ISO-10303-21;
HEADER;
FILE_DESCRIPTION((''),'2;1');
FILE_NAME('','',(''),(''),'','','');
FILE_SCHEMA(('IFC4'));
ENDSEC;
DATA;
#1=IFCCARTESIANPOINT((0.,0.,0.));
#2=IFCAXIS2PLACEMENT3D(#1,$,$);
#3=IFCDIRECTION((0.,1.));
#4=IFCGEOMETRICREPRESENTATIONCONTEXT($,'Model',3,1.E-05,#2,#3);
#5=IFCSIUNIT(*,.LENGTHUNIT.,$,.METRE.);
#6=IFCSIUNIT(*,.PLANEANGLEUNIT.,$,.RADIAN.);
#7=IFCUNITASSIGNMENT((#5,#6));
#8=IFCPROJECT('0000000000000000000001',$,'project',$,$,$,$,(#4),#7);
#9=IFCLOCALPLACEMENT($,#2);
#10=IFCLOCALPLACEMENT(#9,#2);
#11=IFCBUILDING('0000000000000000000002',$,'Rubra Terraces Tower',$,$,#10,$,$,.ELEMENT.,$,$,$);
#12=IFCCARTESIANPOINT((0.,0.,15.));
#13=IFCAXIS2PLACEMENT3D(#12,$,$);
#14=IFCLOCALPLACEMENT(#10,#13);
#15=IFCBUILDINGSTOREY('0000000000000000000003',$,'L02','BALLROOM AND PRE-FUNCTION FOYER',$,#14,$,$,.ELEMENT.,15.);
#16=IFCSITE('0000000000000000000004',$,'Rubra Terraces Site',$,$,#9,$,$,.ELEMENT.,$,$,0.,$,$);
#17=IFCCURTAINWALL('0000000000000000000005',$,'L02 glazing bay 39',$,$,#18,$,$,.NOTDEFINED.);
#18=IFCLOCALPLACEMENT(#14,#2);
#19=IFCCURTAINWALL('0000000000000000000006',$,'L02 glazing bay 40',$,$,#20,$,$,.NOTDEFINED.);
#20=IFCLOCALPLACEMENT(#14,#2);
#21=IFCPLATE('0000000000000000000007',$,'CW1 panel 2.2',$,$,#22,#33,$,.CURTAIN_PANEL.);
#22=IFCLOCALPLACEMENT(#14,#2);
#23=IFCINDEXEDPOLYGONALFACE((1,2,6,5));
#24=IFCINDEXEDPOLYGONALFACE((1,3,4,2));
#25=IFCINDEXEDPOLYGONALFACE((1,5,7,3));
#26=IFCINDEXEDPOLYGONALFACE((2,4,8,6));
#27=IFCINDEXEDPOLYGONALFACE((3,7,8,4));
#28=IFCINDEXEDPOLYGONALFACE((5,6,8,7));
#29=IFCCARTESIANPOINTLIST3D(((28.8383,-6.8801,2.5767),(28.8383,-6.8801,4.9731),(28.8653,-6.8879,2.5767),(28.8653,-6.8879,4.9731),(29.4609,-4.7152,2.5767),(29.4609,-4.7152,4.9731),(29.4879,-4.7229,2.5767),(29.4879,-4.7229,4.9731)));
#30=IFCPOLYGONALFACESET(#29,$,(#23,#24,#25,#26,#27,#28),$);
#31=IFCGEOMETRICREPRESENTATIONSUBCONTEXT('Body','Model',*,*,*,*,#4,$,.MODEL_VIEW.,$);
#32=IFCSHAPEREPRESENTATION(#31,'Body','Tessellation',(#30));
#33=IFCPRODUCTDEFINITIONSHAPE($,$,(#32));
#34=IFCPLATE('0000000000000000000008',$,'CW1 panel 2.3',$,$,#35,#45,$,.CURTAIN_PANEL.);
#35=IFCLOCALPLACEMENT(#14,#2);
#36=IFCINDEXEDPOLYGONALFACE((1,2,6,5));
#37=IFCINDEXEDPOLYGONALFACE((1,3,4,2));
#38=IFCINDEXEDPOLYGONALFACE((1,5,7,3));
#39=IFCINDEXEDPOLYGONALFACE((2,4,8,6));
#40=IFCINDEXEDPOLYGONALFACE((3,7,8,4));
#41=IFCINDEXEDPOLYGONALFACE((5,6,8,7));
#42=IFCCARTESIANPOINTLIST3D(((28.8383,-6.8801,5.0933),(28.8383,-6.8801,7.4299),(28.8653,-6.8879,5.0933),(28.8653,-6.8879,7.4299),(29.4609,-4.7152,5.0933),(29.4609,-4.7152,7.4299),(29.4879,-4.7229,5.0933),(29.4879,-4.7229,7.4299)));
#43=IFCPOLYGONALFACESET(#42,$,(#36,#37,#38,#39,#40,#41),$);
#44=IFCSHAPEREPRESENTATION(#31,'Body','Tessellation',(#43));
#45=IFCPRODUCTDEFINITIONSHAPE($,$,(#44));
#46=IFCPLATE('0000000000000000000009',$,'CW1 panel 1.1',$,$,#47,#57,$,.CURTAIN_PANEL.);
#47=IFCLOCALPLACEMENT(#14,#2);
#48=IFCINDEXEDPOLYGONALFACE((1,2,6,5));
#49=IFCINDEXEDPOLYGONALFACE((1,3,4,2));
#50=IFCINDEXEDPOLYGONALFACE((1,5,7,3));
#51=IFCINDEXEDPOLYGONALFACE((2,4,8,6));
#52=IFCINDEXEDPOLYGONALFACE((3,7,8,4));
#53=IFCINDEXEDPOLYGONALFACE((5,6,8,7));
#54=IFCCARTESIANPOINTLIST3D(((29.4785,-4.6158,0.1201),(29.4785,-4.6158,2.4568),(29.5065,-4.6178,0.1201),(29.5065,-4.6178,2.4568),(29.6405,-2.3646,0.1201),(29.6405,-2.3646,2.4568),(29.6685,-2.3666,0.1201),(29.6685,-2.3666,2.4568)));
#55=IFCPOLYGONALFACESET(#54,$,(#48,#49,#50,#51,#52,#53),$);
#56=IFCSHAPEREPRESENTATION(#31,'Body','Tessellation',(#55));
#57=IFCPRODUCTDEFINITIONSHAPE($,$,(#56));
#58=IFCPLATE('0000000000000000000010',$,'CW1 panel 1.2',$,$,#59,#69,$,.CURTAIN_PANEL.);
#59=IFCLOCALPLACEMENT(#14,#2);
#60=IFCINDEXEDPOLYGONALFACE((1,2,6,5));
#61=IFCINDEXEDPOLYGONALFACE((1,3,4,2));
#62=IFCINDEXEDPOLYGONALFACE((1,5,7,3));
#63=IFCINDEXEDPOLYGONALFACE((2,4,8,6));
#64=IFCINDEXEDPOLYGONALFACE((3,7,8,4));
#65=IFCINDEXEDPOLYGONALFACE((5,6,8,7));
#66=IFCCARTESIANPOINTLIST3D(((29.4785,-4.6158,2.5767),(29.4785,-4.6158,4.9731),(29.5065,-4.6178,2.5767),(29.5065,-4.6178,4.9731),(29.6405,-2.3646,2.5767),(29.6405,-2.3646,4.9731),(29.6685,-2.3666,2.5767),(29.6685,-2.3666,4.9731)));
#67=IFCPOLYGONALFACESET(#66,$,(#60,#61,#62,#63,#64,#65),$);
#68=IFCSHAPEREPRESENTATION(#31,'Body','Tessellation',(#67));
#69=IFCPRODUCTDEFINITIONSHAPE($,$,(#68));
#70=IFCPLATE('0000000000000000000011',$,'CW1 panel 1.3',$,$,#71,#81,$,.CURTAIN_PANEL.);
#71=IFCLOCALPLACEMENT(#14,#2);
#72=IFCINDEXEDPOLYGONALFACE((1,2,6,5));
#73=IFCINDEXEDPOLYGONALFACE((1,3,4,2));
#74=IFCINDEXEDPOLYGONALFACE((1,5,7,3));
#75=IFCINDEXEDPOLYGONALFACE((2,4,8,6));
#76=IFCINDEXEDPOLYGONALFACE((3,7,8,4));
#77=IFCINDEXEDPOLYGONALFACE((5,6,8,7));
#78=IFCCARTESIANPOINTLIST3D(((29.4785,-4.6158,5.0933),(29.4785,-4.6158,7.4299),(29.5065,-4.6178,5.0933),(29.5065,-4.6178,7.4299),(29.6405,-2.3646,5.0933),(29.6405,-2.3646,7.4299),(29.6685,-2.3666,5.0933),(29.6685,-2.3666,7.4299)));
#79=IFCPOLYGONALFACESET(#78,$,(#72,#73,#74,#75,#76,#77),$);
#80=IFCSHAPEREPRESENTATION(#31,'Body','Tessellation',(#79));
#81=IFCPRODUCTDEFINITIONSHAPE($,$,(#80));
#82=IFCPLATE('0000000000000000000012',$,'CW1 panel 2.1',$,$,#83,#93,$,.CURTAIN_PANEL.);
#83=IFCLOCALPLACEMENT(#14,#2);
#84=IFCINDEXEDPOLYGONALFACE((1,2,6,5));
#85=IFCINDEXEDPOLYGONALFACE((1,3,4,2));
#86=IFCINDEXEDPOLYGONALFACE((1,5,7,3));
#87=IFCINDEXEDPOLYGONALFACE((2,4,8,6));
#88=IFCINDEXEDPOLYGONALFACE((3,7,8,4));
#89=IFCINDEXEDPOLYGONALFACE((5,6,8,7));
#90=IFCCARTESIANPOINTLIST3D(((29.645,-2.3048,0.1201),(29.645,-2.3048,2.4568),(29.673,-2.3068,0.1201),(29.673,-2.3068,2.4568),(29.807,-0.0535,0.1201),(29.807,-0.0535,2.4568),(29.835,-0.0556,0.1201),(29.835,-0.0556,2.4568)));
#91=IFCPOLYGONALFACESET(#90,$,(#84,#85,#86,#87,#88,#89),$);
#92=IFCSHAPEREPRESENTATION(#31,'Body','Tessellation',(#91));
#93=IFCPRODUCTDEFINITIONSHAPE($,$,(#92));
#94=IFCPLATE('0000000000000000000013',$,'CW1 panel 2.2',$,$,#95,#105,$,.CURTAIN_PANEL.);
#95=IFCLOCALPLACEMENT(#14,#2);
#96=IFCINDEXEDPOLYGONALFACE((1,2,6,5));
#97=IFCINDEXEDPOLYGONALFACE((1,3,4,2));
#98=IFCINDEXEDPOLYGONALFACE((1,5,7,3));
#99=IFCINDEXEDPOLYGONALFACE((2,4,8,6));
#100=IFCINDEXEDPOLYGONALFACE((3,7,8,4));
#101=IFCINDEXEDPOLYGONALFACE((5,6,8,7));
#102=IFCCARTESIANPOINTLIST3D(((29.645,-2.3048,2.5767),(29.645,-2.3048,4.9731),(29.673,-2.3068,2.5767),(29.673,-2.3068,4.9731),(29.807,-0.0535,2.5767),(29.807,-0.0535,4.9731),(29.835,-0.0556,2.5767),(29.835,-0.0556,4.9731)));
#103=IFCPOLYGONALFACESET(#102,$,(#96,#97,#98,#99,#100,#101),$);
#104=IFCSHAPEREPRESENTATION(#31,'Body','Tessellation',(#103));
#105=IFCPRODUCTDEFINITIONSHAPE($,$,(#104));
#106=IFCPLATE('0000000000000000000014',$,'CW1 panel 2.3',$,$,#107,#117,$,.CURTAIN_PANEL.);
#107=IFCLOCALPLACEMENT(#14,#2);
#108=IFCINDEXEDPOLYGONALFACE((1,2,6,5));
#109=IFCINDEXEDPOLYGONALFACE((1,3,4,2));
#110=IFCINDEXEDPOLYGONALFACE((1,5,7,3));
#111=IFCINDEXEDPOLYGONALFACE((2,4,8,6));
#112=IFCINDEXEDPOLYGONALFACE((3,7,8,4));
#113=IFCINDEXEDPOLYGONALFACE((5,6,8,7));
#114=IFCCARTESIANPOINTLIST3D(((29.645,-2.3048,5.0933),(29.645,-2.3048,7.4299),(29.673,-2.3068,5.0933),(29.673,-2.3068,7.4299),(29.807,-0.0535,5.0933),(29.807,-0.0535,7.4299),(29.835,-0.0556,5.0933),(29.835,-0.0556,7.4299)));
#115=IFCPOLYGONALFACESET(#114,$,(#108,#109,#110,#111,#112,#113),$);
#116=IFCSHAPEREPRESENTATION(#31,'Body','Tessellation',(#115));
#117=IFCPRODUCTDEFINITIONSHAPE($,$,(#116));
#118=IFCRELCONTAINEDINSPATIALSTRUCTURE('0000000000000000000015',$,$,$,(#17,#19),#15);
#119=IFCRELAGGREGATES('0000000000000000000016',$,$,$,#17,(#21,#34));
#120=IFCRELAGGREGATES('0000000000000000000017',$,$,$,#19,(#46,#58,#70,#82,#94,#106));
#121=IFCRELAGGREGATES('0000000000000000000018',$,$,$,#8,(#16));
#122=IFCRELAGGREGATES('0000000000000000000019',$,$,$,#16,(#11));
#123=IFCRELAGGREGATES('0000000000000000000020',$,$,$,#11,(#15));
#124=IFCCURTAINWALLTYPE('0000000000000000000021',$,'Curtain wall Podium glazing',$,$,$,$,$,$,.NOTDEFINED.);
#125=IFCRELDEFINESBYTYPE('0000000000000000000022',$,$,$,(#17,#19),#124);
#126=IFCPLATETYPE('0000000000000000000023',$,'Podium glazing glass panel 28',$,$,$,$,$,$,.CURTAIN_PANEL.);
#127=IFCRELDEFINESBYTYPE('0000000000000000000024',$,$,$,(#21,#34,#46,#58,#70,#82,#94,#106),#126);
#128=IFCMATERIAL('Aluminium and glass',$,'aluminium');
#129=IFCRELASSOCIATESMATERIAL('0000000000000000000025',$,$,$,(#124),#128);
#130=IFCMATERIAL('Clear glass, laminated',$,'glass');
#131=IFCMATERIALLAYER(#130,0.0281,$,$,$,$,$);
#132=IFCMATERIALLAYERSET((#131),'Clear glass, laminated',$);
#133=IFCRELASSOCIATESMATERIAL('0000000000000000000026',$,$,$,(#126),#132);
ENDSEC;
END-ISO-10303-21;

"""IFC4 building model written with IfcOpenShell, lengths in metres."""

from ifc_helpers import new_model, si_unit, direction, frame, origin, origin_2d, place, context, subcontext, project, spatial, rectangle, extrude, material, layer, layer_set, type_object, element, aggregate, save


model = new_model("IFC4")

# Units and contexts
model_context = context("Model", 3, precision=1e-05, world=origin(), true_north=direction((0.0, 1.0)))
body_context = subcontext(model_context, "Body", "Model", "MODEL_VIEW")
ifc_project = project(units=[si_unit("LENGTHUNIT", "METRE"), si_unit("PLANEANGLEUNIT", "RADIAN")], contexts=[model_context])

# Site, building, storey
site_placement = place(None, origin())
site = spatial("IfcSite", under=ifc_project, at=site_placement, Name="Rubra Terraces Site", CompositionType="ELEMENT", RefElevation=0.0)
building_placement = place(site_placement, origin())
building = spatial("IfcBuilding", under=site, at=building_placement, Name="Rubra Terraces Tower", CompositionType="ELEMENT")
storey_placement = place(building_placement, frame((0.0, 0.0, 15.0)))
storey = spatial("IfcBuildingStorey", under=building, at=storey_placement, Name="L02", Description="BALLROOM AND PRE-FUNCTION FOYER", CompositionType="ELEMENT", Elevation=15.0)

# Curtain walls
ifc_material_1 = material(Name="Aluminium and glass", Category="aluminium")
curtain_wall_type = type_object("IfcCurtainWallType", Name="Curtain wall Podium glazing", PredefinedType="NOTDEFINED", material=ifc_material_1)
curtain_wall_1_placement = place(storey_placement, origin())
curtain_wall_1 = element("IfcCurtainWall", 1, at=curtain_wall_1_placement, inside=storey, type_object=curtain_wall_type, Name="L02 glazing bay 39", PredefinedType="NOTDEFINED")
curtain_wall_2_placement = place(storey_placement, origin())
curtain_wall_2 = element("IfcCurtainWall", 2, at=curtain_wall_2_placement, inside=storey, type_object=curtain_wall_type, Name="L02 glazing bay 40", PredefinedType="NOTDEFINED")

# Plates
ifc_material_2 = material(Name="Clear glass, laminated", Category="glass")
ifc_layer = layer(ifc_material_2, 0.0281)
ifc_layer_set = layer_set([ifc_layer], Name="Clear glass, laminated")
plate_type = type_object("IfcPlateType", Name="Podium glazing glass panel 28", PredefinedType="CURTAIN_PANEL", material=ifc_layer_set)
plate_1_placement = place(storey_placement, frame((29.1631, -5.8015, 2.5767), z_axis=(0.0, 0.0, 1.0), x_axis=(0.276384, 0.961047, 0.0)))
plate_1 = element("IfcPlate", 3, at=plate_1_placement, type_object=plate_type, Name="CW1 panel 2.2", PredefinedType="CURTAIN_PANEL", context=body_context, shape_type="SweptSolid", body=[
    extrude(rectangle(XDim=2.2527, YDim=0.0281, at=origin_2d()), origin(), (0.0, 0.0, 1.0), 2.3965),
])
plate_2_placement = place(storey_placement, frame((29.1631, -5.8015, 5.0933), z_axis=(0.0, 0.0, 1.0), x_axis=(0.276384, 0.961047, 0.0)))
plate_2 = element("IfcPlate", 4, at=plate_2_placement, type_object=plate_type, Name="CW1 panel 2.3", PredefinedType="CURTAIN_PANEL", context=body_context, shape_type="SweptSolid", body=[
    extrude(rectangle(XDim=2.2527, YDim=0.0281, at=origin_2d()), origin(), (0.0, 0.0, 1.0), 2.3367),
])
aggregate(curtain_wall_1, [plate_1, plate_2])
plate_3_placement = place(storey_placement, frame((29.5735, -3.4912, 0.1201), z_axis=(0.0, 0.0, 1.0), x_axis=(0.071792, 0.99742, 0.0)))
plate_3 = element("IfcPlate", 5, at=plate_3_placement, type_object=plate_type, Name="CW1 panel 1.1", PredefinedType="CURTAIN_PANEL", context=body_context, shape_type="SweptSolid", body=[
    extrude(rectangle(XDim=2.2571, YDim=0.0281, at=origin_2d()), origin(), (0.0, 0.0, 1.0), 2.3367),
])
plate_4_placement = place(storey_placement, frame((29.5735, -3.4912, 2.5767), z_axis=(0.0, 0.0, 1.0), x_axis=(0.071792, 0.99742, 0.0)))
plate_4 = element("IfcPlate", 6, at=plate_4_placement, type_object=plate_type, Name="CW1 panel 1.2", PredefinedType="CURTAIN_PANEL", context=body_context, shape_type="SweptSolid", body=[
    extrude(rectangle(XDim=2.2571, YDim=0.0281, at=origin_2d()), origin(), (0.0, 0.0, 1.0), 2.3965),
])
plate_5_placement = place(storey_placement, frame((29.5735, -3.4912, 5.0933), z_axis=(0.0, 0.0, 1.0), x_axis=(0.071792, 0.99742, 0.0)))
plate_5 = element("IfcPlate", 7, at=plate_5_placement, type_object=plate_type, Name="CW1 panel 1.3", PredefinedType="CURTAIN_PANEL", context=body_context, shape_type="SweptSolid", body=[
    extrude(rectangle(XDim=2.2571, YDim=0.0281, at=origin_2d()), origin(), (0.0, 0.0, 1.0), 2.3367),
])
plate_6_placement = place(storey_placement, frame((29.74, -1.1802, 0.1201), z_axis=(0.0, 0.0, 1.0), x_axis=(0.071792, 0.99742, 0.0)))
plate_6 = element("IfcPlate", 8, at=plate_6_placement, type_object=plate_type, Name="CW1 panel 2.1", PredefinedType="CURTAIN_PANEL", context=body_context, shape_type="SweptSolid", body=[
    extrude(rectangle(XDim=2.2571, YDim=0.0281, at=origin_2d()), origin(), (0.0, 0.0, 1.0), 2.3367),
])
plate_7_placement = place(storey_placement, frame((29.74, -1.1802, 2.5767), z_axis=(0.0, 0.0, 1.0), x_axis=(0.071792, 0.99742, 0.0)))
plate_7 = element("IfcPlate", 9, at=plate_7_placement, type_object=plate_type, Name="CW1 panel 2.2", PredefinedType="CURTAIN_PANEL", context=body_context, shape_type="SweptSolid", body=[
    extrude(rectangle(XDim=2.2571, YDim=0.0281, at=origin_2d()), origin(), (0.0, 0.0, 1.0), 2.3965),
])
plate_8_placement = place(storey_placement, frame((29.74, -1.1802, 5.0933), z_axis=(0.0, 0.0, 1.0), x_axis=(0.071792, 0.99742, 0.0)))
plate_8 = element("IfcPlate", 10, at=plate_8_placement, type_object=plate_type, Name="CW1 panel 2.3", PredefinedType="CURTAIN_PANEL", context=body_context, shape_type="SweptSolid", body=[
    extrude(rectangle(XDim=2.2571, YDim=0.0281, at=origin_2d()), origin(), (0.0, 0.0, 1.0), 2.3367),
])
aggregate(curtain_wall_2, [plate_3, plate_4, plate_5, plate_6, plate_7, plate_8])

save(model, "model.ifc")
